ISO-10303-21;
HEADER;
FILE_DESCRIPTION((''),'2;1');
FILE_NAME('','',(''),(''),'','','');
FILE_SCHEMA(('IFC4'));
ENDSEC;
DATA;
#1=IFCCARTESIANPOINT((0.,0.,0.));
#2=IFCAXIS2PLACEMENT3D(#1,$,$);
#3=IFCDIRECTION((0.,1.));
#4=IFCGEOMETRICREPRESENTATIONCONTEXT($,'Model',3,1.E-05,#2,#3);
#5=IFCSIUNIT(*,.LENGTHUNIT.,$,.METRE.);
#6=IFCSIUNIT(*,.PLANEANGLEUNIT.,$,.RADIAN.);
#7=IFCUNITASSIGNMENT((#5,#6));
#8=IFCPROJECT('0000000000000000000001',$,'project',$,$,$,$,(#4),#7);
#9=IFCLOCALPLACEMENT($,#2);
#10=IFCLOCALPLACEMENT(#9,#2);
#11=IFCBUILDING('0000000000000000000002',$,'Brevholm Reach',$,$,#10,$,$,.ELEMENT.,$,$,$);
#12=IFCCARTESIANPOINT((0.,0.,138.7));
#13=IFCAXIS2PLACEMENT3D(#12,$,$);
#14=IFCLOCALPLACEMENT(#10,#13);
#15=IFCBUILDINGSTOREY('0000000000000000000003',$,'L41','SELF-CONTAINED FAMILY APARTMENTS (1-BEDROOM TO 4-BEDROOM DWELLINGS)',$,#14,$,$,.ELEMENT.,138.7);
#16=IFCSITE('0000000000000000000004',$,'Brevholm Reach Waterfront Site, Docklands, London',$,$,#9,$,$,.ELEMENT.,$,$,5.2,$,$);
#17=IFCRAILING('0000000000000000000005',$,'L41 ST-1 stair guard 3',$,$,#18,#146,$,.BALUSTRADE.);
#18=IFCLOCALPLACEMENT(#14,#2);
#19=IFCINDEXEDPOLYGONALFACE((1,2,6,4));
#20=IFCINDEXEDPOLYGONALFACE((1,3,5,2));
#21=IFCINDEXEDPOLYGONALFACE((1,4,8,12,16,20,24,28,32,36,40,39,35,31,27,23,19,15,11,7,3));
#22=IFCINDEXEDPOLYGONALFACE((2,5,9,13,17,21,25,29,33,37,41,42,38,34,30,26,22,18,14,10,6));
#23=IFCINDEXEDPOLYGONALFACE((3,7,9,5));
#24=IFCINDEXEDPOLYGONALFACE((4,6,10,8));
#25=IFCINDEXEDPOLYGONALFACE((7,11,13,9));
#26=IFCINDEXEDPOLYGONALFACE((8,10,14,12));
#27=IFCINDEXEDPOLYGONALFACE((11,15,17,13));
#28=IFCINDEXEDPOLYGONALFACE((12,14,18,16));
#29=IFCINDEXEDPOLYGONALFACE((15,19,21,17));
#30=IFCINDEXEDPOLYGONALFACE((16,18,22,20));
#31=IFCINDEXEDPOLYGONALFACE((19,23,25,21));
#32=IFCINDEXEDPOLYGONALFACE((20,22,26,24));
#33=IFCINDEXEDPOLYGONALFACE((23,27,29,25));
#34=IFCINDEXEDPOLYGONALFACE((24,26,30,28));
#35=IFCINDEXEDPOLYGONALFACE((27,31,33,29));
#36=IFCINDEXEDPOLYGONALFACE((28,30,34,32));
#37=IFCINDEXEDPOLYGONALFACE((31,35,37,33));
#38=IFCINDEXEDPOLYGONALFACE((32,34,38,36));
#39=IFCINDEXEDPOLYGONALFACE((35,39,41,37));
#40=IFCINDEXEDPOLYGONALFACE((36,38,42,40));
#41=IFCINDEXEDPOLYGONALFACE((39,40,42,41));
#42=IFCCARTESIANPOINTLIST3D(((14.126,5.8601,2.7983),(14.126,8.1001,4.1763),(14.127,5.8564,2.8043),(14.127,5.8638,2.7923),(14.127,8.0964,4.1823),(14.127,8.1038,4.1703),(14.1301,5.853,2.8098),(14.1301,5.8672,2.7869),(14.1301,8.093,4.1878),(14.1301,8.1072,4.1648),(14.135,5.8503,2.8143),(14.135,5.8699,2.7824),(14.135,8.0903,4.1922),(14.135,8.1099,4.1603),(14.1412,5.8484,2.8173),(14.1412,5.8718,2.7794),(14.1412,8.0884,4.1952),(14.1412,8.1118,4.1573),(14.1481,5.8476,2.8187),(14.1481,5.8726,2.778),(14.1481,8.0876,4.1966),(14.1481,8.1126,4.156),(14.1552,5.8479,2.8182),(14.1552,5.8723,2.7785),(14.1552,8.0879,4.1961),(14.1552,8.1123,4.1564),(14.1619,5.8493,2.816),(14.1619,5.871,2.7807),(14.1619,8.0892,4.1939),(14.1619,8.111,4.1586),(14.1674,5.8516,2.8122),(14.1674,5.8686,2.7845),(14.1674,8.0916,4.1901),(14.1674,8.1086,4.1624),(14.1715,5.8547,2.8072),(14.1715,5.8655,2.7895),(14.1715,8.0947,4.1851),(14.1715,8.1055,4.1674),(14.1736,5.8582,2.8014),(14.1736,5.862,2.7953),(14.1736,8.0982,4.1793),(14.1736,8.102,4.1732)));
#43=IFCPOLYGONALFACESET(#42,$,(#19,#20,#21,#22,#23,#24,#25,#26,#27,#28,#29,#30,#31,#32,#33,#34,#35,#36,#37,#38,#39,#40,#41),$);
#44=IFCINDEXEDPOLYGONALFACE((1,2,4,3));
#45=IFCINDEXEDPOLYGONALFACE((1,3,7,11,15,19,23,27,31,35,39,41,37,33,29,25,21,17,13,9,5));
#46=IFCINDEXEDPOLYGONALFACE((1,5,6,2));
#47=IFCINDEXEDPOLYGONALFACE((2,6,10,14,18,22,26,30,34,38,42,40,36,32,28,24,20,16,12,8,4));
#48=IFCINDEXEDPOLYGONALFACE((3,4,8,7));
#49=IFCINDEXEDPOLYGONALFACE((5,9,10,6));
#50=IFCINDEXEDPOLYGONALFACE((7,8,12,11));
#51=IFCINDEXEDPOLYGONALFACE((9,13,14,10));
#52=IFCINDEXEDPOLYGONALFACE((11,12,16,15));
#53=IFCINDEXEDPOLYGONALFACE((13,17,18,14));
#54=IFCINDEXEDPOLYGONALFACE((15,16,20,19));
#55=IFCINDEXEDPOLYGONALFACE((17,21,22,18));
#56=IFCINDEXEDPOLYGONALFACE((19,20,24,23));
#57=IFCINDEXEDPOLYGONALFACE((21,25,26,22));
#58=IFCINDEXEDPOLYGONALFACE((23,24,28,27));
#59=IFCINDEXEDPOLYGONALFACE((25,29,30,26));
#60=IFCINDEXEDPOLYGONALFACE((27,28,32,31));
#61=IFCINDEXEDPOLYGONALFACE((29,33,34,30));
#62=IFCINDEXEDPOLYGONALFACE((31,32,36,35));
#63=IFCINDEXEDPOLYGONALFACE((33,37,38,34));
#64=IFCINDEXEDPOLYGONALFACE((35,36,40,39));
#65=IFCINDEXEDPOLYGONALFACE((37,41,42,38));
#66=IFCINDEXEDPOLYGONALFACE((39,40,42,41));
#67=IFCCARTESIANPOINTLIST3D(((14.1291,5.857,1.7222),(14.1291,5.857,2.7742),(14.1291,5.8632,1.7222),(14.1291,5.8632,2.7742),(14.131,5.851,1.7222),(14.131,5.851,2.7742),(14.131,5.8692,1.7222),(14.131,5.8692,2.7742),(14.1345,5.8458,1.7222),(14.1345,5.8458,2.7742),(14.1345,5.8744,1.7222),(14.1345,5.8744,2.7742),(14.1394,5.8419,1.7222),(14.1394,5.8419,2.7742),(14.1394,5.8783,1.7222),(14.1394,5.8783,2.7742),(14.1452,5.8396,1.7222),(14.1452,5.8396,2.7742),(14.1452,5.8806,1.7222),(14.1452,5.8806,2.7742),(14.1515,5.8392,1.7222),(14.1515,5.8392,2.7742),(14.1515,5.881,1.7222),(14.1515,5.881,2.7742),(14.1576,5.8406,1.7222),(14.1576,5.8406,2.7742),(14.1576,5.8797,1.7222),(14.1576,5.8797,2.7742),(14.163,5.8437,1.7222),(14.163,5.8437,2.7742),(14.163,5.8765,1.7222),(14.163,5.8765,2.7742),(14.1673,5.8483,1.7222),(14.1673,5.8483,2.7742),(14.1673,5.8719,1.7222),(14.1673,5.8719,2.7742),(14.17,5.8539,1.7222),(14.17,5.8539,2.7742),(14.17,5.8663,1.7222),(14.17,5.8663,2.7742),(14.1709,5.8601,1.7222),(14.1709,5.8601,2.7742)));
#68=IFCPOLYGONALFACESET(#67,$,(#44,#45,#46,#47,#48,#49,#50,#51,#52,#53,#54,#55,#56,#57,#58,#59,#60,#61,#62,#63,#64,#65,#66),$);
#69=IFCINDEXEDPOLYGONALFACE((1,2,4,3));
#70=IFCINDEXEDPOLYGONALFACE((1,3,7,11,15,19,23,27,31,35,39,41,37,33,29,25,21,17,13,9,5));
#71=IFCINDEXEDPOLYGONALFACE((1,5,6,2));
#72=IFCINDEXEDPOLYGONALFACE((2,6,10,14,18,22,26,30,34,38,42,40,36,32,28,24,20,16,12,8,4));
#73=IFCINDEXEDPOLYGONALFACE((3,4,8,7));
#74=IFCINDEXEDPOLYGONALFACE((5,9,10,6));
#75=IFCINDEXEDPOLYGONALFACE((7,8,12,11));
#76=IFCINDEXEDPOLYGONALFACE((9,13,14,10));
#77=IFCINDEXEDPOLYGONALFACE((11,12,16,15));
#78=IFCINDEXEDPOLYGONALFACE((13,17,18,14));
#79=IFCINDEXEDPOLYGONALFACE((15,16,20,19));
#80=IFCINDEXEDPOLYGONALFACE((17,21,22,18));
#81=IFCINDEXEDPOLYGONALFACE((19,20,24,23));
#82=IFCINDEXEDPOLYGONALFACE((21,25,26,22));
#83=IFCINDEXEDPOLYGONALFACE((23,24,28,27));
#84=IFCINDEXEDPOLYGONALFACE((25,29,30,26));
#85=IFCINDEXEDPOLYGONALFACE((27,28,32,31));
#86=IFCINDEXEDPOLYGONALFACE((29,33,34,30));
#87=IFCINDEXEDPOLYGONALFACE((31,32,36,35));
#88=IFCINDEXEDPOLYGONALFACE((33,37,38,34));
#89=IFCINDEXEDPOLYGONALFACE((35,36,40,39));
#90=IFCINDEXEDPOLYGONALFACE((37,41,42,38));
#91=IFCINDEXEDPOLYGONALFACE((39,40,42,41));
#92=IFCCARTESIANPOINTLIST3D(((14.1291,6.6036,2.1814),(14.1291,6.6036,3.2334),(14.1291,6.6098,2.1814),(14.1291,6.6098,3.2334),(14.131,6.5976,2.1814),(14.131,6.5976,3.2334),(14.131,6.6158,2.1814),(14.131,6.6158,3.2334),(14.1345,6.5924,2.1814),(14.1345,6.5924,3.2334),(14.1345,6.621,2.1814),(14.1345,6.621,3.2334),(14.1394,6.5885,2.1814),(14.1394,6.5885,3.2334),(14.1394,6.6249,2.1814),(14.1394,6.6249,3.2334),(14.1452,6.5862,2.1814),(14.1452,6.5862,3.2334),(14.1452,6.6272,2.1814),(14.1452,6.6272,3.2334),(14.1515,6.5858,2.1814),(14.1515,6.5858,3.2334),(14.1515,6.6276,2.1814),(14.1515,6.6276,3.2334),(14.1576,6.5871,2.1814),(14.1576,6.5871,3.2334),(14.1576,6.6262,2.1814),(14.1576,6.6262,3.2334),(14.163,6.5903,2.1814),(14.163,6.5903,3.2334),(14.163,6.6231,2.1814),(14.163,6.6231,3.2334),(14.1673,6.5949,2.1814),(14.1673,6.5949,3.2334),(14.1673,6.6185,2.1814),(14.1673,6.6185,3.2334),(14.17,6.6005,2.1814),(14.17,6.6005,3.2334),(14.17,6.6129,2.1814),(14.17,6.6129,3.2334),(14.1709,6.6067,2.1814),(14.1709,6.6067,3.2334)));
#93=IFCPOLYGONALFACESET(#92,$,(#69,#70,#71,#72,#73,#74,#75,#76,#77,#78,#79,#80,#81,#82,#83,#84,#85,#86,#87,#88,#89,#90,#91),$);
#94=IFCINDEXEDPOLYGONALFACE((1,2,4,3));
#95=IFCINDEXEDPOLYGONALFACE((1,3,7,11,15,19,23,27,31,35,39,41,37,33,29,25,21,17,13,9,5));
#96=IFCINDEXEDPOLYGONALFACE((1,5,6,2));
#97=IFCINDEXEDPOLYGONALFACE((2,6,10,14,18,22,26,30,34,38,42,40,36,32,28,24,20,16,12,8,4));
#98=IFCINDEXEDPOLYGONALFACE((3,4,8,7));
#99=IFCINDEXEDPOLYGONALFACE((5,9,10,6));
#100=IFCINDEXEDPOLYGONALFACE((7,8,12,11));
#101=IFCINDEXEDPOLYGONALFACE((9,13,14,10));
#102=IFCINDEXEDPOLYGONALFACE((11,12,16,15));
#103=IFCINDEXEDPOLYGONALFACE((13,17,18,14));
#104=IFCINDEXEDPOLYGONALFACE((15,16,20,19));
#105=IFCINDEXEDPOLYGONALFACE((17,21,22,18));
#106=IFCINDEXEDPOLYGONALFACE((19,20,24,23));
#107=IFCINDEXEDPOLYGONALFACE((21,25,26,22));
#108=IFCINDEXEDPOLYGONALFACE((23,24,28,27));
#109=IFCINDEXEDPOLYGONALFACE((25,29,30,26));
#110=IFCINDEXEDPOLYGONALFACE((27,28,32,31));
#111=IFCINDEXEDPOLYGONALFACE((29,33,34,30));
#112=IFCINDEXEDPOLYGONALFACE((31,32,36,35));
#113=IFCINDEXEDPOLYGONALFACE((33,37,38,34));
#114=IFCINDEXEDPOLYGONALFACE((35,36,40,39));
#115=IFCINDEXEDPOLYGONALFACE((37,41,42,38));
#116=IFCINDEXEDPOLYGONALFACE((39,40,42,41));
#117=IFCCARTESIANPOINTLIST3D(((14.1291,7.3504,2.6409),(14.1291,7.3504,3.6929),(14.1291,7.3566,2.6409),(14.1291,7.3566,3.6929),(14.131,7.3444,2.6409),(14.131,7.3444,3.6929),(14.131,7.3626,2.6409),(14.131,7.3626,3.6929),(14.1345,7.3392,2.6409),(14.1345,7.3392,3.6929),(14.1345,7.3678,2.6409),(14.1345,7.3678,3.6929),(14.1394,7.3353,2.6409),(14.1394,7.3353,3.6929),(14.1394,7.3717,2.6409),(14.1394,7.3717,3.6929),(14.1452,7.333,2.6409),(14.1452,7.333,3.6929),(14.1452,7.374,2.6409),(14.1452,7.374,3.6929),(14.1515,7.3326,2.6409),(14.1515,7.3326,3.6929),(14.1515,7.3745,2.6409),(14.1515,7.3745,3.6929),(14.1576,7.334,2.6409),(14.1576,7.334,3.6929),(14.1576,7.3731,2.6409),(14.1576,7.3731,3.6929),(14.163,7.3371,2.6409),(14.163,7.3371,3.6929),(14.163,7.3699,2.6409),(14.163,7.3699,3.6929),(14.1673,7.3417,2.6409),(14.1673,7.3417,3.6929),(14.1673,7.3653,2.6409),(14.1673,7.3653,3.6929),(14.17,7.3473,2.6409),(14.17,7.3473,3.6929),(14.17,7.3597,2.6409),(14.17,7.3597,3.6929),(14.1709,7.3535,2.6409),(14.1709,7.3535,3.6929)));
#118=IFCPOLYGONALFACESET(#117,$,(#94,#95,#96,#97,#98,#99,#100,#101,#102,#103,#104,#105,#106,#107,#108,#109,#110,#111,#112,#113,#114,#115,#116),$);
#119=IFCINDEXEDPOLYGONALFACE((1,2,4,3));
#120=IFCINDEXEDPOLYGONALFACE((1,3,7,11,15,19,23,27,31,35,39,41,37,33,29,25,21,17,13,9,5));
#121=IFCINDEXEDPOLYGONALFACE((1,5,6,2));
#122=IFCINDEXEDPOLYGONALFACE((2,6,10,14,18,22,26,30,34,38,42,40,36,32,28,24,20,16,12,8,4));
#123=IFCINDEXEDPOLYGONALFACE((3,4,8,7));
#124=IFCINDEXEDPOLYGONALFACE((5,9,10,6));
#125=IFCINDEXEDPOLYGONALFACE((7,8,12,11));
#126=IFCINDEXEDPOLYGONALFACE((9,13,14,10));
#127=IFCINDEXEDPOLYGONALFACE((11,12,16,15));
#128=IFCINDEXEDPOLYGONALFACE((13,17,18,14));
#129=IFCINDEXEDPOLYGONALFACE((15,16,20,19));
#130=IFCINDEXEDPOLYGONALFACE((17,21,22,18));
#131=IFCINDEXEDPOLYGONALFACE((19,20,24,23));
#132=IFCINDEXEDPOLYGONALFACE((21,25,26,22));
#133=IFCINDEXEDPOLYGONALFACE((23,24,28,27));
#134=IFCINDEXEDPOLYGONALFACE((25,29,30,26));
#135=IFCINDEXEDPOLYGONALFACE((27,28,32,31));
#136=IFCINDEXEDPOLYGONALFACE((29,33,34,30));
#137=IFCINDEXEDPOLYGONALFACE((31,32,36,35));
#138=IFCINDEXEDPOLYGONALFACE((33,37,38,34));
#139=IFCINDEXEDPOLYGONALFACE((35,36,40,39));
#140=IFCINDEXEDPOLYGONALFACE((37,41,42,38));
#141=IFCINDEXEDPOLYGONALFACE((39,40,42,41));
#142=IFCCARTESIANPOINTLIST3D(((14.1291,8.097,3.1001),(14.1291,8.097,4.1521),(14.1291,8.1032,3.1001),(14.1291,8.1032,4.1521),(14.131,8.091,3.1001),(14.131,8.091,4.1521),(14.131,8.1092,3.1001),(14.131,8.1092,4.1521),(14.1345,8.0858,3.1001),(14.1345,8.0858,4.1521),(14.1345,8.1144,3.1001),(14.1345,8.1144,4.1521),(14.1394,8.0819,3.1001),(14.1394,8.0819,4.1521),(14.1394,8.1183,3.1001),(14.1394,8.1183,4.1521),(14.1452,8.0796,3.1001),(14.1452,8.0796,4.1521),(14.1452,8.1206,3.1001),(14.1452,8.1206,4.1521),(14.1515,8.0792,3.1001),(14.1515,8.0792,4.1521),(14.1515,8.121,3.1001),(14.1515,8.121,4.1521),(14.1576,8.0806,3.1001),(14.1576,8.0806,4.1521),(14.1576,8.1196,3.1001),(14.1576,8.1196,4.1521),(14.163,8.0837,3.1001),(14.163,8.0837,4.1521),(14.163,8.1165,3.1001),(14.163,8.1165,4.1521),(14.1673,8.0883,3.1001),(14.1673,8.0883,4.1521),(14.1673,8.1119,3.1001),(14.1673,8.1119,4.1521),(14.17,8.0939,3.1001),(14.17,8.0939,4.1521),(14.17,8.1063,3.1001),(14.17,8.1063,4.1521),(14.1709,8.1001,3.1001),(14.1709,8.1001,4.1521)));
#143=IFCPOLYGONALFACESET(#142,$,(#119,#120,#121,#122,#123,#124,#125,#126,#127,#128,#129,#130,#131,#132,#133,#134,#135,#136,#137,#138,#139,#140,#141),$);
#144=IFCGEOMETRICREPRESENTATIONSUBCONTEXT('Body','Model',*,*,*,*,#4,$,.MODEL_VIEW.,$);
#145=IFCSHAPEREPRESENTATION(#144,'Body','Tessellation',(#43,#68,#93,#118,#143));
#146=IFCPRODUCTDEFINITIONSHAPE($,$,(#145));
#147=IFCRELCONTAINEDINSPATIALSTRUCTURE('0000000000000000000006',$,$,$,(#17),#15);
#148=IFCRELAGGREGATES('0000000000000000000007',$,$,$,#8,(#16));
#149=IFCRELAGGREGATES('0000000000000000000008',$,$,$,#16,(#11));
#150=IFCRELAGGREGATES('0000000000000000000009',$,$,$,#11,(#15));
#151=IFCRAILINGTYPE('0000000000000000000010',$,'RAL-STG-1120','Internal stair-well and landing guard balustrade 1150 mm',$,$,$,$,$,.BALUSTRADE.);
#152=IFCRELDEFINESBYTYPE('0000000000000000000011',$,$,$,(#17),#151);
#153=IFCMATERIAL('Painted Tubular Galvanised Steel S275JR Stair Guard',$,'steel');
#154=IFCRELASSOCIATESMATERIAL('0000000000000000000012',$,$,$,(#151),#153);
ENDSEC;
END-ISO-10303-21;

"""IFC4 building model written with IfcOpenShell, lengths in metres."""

from ifc_helpers import new_model, si_unit, direction, frame, origin, origin_2d, place, context, subcontext, project, spatial, circle, extrude, material, type_object, element, save


model = new_model("IFC4")

# Units and contexts
model_context = context("Model", 3, precision=1e-05, world=origin(), true_north=direction((0.0, 1.0)))
body_context = subcontext(model_context, "Body", "Model", "MODEL_VIEW")
ifc_project = project(units=[si_unit("LENGTHUNIT", "METRE"), si_unit("PLANEANGLEUNIT", "RADIAN")], contexts=[model_context])

# Site, building, storey
site_placement = place(None, origin())
site = spatial("IfcSite", under=ifc_project, at=site_placement, Name="Brevholm Reach Waterfront Site, Docklands, London", CompositionType="ELEMENT", RefElevation=5.2)
building_placement = place(site_placement, origin())
building = spatial("IfcBuilding", under=site, at=building_placement, Name="Brevholm Reach", CompositionType="ELEMENT")
storey_placement = place(building_placement, frame((0.0, 0.0, 138.7)))
storey = spatial("IfcBuildingStorey", under=building, at=storey_placement, Name="L41", Description="SELF-CONTAINED FAMILY APARTMENTS (1-BEDROOM TO 4-BEDROOM DWELLINGS)", CompositionType="ELEMENT", Elevation=138.7)

# Railing
ifc_material_1 = material(Name="Painted Tubular Galvanised Steel S275JR Stair Guard", Category="steel")
railing_type_1 = type_object("IfcRailingType", Name="RAL-STG-1120", Description="Internal stair-well and landing guard balustrade 1150 mm", PredefinedType="BALUSTRADE", material=ifc_material_1)
railing_1_placement = place(storey_placement, frame((14.1499, 5.8601, 1.7222)))
element("IfcRailing", 1, at=railing_1_placement, inside=storey, type_object=railing_type_1, Name="L41 ST-1 stair guard 3", PredefinedType="BALUSTRADE", context=body_context, shape_type="SweptSolid", body=[
    extrude(circle(Radius=0.0239, at=origin_2d()), frame((0.0, 0.0, 1.0762), z_axis=(0.0, 0.851748, 0.523952), x_axis=(-1.0, 0.0, 0.0)), (0.0, 0.0, 1.0), 2.6299),
    extrude(circle(Radius=0.021, at=origin_2d()), origin(), (0.0, 0.0, 1.0), 1.052),
    extrude(circle(Radius=0.021, at=origin_2d()), frame((0.0, 0.7466, 0.4592)), (0.0, 0.0, 1.0), 1.052),
    extrude(circle(Radius=0.021, at=origin_2d()), frame((0.0, 1.4934, 0.9187)), (0.0, 0.0, 1.0), 1.052),
    extrude(circle(Radius=0.021, at=origin_2d()), frame((0.0, 2.24, 1.3779)), (0.0, 0.0, 1.0), 1.052),
])

save(model, "model.ifc")
